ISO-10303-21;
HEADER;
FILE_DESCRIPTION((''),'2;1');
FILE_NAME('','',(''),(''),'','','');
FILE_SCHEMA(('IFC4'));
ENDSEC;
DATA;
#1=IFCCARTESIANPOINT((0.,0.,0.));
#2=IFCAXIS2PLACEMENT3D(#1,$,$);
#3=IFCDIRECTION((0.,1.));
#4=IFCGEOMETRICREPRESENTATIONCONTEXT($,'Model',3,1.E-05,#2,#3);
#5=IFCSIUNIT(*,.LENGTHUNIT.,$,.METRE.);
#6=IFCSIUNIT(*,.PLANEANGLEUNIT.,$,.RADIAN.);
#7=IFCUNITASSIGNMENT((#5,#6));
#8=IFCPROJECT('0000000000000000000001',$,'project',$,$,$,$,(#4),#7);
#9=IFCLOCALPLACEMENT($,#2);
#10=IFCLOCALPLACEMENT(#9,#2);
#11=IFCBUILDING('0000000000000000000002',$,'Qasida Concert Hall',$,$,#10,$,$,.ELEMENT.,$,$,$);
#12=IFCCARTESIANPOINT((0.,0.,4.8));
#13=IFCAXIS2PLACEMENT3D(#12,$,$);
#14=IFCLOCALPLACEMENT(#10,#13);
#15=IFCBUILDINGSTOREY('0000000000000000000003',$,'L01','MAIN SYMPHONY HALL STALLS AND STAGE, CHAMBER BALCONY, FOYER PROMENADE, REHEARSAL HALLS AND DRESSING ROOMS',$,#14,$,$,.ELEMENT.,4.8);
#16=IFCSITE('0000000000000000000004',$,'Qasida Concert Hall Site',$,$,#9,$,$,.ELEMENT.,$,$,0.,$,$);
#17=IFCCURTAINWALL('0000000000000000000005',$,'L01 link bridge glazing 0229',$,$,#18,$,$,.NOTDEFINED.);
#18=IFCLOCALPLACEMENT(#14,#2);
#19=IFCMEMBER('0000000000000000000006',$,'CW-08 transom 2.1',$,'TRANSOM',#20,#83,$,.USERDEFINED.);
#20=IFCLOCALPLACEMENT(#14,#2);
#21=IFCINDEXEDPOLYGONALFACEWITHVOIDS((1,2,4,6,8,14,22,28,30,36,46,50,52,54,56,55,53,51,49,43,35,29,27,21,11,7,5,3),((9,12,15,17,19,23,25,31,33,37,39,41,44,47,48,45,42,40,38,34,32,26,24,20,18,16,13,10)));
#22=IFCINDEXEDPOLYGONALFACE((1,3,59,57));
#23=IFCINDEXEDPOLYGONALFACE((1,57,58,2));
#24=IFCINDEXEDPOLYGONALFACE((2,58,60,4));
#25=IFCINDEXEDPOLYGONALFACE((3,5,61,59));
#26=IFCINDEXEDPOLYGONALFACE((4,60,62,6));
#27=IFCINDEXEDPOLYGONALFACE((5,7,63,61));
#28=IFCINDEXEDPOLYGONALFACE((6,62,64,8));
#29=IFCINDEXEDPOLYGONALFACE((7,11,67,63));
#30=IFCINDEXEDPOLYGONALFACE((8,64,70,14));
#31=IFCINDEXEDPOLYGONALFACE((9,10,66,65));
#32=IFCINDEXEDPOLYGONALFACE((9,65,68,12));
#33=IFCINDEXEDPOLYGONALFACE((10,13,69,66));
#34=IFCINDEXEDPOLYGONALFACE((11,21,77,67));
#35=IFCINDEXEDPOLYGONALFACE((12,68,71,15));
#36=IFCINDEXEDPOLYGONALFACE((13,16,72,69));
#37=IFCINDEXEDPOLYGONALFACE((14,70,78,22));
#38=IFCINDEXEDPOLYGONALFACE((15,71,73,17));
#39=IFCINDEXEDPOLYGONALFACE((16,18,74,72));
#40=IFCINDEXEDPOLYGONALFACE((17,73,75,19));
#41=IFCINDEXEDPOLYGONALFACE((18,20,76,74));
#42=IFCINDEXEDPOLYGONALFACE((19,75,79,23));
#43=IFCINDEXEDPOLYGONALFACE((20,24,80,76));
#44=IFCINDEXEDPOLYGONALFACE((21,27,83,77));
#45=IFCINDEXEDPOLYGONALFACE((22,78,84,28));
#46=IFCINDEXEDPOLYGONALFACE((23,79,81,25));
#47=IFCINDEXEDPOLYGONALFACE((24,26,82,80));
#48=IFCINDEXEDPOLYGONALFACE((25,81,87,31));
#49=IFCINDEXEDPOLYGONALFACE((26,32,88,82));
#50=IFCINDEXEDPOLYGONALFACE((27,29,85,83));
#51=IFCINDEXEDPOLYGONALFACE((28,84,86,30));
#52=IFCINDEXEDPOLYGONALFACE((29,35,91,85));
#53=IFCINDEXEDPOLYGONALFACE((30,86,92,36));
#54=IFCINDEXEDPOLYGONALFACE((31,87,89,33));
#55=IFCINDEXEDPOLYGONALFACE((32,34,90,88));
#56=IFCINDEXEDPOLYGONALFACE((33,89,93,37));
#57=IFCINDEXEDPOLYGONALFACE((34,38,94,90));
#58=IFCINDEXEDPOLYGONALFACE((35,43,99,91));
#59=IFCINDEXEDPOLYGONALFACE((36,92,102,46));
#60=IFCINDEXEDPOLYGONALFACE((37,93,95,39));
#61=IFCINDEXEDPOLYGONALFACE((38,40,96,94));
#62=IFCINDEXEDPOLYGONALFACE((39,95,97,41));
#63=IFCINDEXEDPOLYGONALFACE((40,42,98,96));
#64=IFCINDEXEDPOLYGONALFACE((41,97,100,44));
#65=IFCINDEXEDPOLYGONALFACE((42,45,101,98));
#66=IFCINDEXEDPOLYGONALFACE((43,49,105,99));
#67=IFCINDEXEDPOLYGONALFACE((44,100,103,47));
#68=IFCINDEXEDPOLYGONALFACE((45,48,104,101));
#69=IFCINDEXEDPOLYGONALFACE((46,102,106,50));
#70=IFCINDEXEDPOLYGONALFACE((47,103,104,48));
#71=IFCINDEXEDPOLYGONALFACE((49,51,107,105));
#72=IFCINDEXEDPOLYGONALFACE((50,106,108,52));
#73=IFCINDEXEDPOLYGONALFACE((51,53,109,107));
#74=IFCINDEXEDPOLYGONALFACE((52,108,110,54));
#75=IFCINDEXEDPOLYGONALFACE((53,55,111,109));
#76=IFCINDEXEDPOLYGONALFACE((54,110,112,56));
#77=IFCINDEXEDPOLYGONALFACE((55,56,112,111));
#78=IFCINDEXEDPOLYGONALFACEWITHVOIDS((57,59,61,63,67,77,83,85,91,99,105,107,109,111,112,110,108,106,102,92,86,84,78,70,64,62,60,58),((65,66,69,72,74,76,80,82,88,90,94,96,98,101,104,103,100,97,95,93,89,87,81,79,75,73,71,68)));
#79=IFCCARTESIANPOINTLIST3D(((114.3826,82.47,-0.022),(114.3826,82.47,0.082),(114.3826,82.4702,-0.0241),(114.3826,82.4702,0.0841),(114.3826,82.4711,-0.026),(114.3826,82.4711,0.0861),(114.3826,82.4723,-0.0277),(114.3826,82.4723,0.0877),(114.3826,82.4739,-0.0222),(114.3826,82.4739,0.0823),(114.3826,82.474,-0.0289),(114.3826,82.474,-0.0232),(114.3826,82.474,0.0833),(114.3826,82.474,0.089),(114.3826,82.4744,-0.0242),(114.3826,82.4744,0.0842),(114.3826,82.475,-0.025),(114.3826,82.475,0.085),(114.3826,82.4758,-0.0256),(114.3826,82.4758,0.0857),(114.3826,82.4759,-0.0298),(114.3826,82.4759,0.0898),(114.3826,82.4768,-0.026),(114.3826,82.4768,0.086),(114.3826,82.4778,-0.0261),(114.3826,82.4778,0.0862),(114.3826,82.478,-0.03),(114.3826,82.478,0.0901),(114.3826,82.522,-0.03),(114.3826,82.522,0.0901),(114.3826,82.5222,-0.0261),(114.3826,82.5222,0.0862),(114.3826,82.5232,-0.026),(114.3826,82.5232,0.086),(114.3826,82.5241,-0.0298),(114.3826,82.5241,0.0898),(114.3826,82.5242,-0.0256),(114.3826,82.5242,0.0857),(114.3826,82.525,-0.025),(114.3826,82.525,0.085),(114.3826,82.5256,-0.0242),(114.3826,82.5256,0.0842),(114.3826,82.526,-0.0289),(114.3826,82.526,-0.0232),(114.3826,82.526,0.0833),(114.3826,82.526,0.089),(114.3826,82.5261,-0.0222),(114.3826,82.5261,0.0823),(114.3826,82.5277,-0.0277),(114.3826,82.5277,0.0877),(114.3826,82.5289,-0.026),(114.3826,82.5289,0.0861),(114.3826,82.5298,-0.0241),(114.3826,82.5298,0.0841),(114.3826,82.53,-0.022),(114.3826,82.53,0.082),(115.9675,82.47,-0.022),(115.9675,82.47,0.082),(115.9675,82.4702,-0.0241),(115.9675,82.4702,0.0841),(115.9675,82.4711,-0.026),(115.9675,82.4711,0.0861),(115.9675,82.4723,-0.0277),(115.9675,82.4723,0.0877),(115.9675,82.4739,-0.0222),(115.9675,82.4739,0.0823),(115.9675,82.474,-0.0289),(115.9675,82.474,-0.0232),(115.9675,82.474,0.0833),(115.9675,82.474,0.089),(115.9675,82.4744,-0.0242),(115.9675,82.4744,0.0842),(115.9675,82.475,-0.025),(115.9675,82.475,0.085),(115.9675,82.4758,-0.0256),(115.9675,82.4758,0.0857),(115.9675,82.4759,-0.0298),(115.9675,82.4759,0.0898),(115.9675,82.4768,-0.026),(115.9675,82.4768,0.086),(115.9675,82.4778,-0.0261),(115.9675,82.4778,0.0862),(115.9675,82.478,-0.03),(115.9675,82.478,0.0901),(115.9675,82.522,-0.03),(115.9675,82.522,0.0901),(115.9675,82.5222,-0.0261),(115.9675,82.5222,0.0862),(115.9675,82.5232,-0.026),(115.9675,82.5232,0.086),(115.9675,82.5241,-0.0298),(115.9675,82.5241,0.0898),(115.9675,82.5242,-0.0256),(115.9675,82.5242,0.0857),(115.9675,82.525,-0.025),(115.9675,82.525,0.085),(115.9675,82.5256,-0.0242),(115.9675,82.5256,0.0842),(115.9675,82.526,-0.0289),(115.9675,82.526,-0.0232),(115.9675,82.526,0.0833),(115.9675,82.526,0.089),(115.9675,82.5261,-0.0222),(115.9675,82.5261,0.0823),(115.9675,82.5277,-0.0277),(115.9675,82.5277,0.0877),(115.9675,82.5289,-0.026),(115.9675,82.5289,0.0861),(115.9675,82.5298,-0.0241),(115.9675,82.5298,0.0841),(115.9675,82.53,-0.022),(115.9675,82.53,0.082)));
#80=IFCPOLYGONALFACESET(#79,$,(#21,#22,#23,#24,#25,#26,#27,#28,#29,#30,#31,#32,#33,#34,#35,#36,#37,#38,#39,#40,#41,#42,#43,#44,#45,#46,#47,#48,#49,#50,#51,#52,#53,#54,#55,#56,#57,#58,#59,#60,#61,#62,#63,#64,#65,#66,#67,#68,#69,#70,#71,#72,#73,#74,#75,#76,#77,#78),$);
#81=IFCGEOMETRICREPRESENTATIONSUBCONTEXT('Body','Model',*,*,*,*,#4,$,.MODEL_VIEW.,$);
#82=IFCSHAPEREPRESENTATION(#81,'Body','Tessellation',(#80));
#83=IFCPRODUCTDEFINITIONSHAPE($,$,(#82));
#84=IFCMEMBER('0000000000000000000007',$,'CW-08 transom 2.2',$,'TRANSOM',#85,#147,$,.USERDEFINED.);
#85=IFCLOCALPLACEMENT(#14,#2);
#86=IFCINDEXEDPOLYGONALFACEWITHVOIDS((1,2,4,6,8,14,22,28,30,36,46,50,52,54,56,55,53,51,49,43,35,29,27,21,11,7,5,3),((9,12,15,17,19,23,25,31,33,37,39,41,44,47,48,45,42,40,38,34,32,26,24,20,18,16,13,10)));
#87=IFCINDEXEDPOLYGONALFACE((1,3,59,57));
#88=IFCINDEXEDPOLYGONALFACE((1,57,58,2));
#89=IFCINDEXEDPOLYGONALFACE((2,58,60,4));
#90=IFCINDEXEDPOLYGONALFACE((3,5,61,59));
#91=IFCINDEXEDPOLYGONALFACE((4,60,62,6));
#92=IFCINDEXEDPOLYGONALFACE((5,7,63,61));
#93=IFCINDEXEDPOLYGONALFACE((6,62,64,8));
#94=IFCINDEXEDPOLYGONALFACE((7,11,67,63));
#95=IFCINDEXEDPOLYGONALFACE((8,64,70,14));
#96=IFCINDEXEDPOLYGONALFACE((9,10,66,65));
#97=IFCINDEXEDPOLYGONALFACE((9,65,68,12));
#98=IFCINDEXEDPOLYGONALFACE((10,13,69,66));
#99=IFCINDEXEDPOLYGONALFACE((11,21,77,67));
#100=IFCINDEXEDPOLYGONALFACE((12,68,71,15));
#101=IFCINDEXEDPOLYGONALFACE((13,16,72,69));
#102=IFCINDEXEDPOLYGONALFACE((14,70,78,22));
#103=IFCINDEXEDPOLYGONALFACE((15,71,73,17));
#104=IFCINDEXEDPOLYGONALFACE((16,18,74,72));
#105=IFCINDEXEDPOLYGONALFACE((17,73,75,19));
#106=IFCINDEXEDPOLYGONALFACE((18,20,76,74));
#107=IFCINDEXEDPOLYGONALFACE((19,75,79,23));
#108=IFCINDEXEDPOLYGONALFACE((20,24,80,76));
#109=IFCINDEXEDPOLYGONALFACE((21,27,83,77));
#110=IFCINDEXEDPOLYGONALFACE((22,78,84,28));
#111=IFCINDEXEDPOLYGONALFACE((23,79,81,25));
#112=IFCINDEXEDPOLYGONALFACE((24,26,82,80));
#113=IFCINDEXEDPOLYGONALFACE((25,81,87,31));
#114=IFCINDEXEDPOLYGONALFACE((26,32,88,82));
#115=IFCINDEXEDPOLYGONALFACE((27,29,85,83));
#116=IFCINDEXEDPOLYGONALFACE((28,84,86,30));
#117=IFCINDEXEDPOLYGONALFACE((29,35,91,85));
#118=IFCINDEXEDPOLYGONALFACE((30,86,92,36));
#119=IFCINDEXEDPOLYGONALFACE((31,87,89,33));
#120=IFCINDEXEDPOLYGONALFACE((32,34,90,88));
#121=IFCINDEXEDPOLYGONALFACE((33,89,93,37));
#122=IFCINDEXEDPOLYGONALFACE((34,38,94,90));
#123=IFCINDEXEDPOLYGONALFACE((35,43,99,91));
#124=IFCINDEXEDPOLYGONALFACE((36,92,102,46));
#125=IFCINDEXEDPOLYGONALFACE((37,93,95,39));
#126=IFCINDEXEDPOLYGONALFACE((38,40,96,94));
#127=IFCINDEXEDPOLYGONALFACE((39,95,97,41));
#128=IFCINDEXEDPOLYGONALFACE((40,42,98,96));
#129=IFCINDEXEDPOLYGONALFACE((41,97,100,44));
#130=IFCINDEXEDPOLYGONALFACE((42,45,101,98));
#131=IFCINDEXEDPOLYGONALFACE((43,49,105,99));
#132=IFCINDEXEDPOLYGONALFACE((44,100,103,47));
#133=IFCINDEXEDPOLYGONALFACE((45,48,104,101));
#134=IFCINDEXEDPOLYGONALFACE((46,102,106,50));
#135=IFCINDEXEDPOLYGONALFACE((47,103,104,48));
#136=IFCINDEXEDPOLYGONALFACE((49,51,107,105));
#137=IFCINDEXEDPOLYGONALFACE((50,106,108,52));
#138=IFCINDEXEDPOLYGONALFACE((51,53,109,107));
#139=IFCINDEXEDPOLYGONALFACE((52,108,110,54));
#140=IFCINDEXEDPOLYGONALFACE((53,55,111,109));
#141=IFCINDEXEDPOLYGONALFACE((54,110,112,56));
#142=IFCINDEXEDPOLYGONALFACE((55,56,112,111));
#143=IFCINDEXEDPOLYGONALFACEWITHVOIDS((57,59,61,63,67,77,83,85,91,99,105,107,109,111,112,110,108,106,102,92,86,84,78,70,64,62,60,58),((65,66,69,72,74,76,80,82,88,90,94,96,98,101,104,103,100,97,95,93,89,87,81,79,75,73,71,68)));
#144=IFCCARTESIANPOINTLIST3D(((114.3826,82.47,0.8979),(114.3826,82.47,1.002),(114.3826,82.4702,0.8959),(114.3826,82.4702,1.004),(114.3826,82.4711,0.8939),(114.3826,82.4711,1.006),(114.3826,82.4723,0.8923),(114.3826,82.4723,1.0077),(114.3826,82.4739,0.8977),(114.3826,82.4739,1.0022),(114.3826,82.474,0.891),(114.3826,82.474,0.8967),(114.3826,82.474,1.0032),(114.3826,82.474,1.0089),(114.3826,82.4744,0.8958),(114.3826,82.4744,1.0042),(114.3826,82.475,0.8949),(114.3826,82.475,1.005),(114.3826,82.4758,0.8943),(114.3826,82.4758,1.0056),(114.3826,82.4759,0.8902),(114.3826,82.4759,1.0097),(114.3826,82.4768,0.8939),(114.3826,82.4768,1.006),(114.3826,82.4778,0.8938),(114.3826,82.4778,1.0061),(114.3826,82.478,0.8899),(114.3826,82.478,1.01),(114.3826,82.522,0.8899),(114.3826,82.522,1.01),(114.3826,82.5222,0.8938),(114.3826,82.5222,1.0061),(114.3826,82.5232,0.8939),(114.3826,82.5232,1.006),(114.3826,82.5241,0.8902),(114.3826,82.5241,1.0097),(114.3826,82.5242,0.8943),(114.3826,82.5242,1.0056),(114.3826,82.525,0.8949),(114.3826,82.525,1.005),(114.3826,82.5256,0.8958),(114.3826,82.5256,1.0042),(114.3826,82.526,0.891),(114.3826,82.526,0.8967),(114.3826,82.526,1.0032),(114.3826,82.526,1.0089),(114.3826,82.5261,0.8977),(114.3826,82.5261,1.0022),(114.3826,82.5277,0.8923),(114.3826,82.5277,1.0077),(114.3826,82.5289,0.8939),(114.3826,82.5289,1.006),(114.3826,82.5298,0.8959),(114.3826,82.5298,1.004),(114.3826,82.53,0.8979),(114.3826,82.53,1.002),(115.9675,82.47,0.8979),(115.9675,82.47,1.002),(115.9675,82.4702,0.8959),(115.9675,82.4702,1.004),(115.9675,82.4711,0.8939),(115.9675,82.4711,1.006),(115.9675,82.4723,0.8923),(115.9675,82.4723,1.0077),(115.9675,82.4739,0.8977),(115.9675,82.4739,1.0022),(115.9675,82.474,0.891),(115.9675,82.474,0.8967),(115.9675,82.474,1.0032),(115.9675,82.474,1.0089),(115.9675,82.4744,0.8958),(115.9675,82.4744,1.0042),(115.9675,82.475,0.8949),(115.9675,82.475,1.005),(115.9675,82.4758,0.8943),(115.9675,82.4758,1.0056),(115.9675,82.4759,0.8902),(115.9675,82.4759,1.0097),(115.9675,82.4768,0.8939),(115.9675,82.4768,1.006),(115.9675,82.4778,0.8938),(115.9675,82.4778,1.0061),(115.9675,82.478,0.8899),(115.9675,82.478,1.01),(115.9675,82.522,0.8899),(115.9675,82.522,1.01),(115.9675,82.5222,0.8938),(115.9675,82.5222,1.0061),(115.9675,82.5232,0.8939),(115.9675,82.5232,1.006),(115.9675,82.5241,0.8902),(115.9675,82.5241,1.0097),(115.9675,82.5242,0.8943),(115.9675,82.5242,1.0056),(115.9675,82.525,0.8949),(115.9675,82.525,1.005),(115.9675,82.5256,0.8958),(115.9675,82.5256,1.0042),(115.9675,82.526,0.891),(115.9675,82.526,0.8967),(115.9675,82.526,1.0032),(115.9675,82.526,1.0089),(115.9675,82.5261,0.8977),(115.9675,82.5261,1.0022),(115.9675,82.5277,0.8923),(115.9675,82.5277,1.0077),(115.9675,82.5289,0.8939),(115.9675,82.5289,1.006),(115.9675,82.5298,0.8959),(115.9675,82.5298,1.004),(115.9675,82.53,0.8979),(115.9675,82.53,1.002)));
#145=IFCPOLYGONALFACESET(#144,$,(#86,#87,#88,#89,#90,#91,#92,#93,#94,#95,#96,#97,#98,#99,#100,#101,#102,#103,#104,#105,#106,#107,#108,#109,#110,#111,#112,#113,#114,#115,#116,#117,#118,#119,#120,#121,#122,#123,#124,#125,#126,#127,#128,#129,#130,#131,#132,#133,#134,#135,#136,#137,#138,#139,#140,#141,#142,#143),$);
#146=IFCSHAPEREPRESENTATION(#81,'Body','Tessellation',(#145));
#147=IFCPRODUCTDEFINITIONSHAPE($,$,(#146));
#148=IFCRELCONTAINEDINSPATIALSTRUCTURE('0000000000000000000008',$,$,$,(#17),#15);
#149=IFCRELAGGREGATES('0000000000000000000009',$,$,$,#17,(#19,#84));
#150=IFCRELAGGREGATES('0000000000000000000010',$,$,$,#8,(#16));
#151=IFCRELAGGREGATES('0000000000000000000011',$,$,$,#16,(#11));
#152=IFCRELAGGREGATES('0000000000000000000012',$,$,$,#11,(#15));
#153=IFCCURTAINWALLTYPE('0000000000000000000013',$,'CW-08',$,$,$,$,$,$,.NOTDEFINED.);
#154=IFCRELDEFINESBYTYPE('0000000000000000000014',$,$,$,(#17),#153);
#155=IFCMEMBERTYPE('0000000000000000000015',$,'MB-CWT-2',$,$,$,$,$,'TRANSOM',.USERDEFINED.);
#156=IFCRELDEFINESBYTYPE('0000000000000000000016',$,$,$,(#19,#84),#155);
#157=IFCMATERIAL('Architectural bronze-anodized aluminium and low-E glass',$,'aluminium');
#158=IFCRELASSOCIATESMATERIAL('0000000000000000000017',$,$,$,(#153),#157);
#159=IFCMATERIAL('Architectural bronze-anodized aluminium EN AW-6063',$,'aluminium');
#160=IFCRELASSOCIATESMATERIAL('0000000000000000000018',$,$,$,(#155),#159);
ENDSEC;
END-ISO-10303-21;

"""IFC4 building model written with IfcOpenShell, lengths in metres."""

from ifc_helpers import new_model, si_unit, direction, frame, origin, origin_2d, place, context, subcontext, project, spatial, hollow_rectangle, extrude, material, material_profile, profile_set, type_object, element, aggregate, save


model = new_model("IFC4")

# Units and contexts
model_context = context("Model", 3, precision=1e-05, world=origin(), true_north=direction((0.0, 1.0)))
body_context = subcontext(model_context, "Body", "Model", "MODEL_VIEW")
ifc_project = project(units=[si_unit("LENGTHUNIT", "METRE"), si_unit("PLANEANGLEUNIT", "RADIAN")], contexts=[model_context])

# Site, building, storey
site_placement = place(None, origin())
site = spatial("IfcSite", under=ifc_project, at=site_placement, Name="Qasida Concert Hall Site", CompositionType="ELEMENT", RefElevation=0.0)
building_placement = place(site_placement, origin())
building = spatial("IfcBuilding", under=site, at=building_placement, Name="Qasida Concert Hall", CompositionType="ELEMENT")
storey_placement = place(building_placement, frame((0.0, 0.0, 4.8)))
storey = spatial("IfcBuildingStorey", under=building, at=storey_placement, Name="L01", Description="MAIN SYMPHONY HALL STALLS AND STAGE, CHAMBER BALCONY, FOYER PROMENADE, REHEARSAL HALLS AND DRESSING ROOMS", CompositionType="ELEMENT", Elevation=4.8)

# Shared definitions
ifc_material_1 = material(Name="Architectural bronze-anodized aluminium and low-E glass", Category="aluminium")
ifc_material_2 = material(Name="Architectural bronze-anodized aluminium EN AW-6063", Category="aluminium")
curtain_wall_type_1 = type_object("IfcCurtainWallType", Name="CW-08", PredefinedType="NOTDEFINED", material=ifc_material_1)

# Shared definitions
ifc_material_profile_1 = material_profile(ifc_material_2, hollow_rectangle(XDim=0.0601, YDim=0.1201, WallThickness=0.0039, InnerFilletRadius=0.0039, OuterFilletRadius=0.0081, at=origin_2d()), Name="CWT 120x60x4")
ifc_profile_set_1 = profile_set([ifc_material_profile_1], Name="Architectural bronze-anodized aluminium EN AW-6063")
member_type_1 = type_object("IfcMemberType", Name="MB-CWT-2", ElementType="TRANSOM", PredefinedType="USERDEFINED", material=ifc_profile_set_1)

# Curtain wall, members
curtain_wall_1_placement = place(storey_placement, origin())
curtain_wall_1 = element("IfcCurtainWall", 1, at=curtain_wall_1_placement, inside=storey, type_object=curtain_wall_type_1, Name="L01 link bridge glazing 0229", PredefinedType="NOTDEFINED")
member_1_placement = place(storey_placement, frame((114.3826, 82.5, 0.03), z_axis=(1.0, 0.0, 0.0), x_axis=(0.0, 1.0, 0.0)))
member_1 = element("IfcMember", 2, at=member_1_placement, type_object=member_type_1, Name="CW-08 transom 2.1", ObjectType="TRANSOM", PredefinedType="USERDEFINED", context=body_context, shape_type="SweptSolid", body=[
    extrude(hollow_rectangle(XDim=0.0601, YDim=0.1201, WallThickness=0.0039, InnerFilletRadius=0.0039, OuterFilletRadius=0.0081, at=origin_2d()), origin(), (0.0, 0.0, 1.0), 1.585),
])
member_2_placement = place(storey_placement, frame((114.3826, 82.5, 0.95), z_axis=(1.0, 0.0, 0.0), x_axis=(0.0, 1.0, 0.0)))
member_2 = element("IfcMember", 3, at=member_2_placement, type_object=member_type_1, Name="CW-08 transom 2.2", ObjectType="TRANSOM", PredefinedType="USERDEFINED", context=body_context, shape_type="SweptSolid", body=[
    extrude(hollow_rectangle(XDim=0.0601, YDim=0.1201, WallThickness=0.0039, InnerFilletRadius=0.0039, OuterFilletRadius=0.0081, at=origin_2d()), origin(), (0.0, 0.0, 1.0), 1.585),
])

aggregate(curtain_wall_1, [member_1, member_2])

save(model, "model.ifc")
